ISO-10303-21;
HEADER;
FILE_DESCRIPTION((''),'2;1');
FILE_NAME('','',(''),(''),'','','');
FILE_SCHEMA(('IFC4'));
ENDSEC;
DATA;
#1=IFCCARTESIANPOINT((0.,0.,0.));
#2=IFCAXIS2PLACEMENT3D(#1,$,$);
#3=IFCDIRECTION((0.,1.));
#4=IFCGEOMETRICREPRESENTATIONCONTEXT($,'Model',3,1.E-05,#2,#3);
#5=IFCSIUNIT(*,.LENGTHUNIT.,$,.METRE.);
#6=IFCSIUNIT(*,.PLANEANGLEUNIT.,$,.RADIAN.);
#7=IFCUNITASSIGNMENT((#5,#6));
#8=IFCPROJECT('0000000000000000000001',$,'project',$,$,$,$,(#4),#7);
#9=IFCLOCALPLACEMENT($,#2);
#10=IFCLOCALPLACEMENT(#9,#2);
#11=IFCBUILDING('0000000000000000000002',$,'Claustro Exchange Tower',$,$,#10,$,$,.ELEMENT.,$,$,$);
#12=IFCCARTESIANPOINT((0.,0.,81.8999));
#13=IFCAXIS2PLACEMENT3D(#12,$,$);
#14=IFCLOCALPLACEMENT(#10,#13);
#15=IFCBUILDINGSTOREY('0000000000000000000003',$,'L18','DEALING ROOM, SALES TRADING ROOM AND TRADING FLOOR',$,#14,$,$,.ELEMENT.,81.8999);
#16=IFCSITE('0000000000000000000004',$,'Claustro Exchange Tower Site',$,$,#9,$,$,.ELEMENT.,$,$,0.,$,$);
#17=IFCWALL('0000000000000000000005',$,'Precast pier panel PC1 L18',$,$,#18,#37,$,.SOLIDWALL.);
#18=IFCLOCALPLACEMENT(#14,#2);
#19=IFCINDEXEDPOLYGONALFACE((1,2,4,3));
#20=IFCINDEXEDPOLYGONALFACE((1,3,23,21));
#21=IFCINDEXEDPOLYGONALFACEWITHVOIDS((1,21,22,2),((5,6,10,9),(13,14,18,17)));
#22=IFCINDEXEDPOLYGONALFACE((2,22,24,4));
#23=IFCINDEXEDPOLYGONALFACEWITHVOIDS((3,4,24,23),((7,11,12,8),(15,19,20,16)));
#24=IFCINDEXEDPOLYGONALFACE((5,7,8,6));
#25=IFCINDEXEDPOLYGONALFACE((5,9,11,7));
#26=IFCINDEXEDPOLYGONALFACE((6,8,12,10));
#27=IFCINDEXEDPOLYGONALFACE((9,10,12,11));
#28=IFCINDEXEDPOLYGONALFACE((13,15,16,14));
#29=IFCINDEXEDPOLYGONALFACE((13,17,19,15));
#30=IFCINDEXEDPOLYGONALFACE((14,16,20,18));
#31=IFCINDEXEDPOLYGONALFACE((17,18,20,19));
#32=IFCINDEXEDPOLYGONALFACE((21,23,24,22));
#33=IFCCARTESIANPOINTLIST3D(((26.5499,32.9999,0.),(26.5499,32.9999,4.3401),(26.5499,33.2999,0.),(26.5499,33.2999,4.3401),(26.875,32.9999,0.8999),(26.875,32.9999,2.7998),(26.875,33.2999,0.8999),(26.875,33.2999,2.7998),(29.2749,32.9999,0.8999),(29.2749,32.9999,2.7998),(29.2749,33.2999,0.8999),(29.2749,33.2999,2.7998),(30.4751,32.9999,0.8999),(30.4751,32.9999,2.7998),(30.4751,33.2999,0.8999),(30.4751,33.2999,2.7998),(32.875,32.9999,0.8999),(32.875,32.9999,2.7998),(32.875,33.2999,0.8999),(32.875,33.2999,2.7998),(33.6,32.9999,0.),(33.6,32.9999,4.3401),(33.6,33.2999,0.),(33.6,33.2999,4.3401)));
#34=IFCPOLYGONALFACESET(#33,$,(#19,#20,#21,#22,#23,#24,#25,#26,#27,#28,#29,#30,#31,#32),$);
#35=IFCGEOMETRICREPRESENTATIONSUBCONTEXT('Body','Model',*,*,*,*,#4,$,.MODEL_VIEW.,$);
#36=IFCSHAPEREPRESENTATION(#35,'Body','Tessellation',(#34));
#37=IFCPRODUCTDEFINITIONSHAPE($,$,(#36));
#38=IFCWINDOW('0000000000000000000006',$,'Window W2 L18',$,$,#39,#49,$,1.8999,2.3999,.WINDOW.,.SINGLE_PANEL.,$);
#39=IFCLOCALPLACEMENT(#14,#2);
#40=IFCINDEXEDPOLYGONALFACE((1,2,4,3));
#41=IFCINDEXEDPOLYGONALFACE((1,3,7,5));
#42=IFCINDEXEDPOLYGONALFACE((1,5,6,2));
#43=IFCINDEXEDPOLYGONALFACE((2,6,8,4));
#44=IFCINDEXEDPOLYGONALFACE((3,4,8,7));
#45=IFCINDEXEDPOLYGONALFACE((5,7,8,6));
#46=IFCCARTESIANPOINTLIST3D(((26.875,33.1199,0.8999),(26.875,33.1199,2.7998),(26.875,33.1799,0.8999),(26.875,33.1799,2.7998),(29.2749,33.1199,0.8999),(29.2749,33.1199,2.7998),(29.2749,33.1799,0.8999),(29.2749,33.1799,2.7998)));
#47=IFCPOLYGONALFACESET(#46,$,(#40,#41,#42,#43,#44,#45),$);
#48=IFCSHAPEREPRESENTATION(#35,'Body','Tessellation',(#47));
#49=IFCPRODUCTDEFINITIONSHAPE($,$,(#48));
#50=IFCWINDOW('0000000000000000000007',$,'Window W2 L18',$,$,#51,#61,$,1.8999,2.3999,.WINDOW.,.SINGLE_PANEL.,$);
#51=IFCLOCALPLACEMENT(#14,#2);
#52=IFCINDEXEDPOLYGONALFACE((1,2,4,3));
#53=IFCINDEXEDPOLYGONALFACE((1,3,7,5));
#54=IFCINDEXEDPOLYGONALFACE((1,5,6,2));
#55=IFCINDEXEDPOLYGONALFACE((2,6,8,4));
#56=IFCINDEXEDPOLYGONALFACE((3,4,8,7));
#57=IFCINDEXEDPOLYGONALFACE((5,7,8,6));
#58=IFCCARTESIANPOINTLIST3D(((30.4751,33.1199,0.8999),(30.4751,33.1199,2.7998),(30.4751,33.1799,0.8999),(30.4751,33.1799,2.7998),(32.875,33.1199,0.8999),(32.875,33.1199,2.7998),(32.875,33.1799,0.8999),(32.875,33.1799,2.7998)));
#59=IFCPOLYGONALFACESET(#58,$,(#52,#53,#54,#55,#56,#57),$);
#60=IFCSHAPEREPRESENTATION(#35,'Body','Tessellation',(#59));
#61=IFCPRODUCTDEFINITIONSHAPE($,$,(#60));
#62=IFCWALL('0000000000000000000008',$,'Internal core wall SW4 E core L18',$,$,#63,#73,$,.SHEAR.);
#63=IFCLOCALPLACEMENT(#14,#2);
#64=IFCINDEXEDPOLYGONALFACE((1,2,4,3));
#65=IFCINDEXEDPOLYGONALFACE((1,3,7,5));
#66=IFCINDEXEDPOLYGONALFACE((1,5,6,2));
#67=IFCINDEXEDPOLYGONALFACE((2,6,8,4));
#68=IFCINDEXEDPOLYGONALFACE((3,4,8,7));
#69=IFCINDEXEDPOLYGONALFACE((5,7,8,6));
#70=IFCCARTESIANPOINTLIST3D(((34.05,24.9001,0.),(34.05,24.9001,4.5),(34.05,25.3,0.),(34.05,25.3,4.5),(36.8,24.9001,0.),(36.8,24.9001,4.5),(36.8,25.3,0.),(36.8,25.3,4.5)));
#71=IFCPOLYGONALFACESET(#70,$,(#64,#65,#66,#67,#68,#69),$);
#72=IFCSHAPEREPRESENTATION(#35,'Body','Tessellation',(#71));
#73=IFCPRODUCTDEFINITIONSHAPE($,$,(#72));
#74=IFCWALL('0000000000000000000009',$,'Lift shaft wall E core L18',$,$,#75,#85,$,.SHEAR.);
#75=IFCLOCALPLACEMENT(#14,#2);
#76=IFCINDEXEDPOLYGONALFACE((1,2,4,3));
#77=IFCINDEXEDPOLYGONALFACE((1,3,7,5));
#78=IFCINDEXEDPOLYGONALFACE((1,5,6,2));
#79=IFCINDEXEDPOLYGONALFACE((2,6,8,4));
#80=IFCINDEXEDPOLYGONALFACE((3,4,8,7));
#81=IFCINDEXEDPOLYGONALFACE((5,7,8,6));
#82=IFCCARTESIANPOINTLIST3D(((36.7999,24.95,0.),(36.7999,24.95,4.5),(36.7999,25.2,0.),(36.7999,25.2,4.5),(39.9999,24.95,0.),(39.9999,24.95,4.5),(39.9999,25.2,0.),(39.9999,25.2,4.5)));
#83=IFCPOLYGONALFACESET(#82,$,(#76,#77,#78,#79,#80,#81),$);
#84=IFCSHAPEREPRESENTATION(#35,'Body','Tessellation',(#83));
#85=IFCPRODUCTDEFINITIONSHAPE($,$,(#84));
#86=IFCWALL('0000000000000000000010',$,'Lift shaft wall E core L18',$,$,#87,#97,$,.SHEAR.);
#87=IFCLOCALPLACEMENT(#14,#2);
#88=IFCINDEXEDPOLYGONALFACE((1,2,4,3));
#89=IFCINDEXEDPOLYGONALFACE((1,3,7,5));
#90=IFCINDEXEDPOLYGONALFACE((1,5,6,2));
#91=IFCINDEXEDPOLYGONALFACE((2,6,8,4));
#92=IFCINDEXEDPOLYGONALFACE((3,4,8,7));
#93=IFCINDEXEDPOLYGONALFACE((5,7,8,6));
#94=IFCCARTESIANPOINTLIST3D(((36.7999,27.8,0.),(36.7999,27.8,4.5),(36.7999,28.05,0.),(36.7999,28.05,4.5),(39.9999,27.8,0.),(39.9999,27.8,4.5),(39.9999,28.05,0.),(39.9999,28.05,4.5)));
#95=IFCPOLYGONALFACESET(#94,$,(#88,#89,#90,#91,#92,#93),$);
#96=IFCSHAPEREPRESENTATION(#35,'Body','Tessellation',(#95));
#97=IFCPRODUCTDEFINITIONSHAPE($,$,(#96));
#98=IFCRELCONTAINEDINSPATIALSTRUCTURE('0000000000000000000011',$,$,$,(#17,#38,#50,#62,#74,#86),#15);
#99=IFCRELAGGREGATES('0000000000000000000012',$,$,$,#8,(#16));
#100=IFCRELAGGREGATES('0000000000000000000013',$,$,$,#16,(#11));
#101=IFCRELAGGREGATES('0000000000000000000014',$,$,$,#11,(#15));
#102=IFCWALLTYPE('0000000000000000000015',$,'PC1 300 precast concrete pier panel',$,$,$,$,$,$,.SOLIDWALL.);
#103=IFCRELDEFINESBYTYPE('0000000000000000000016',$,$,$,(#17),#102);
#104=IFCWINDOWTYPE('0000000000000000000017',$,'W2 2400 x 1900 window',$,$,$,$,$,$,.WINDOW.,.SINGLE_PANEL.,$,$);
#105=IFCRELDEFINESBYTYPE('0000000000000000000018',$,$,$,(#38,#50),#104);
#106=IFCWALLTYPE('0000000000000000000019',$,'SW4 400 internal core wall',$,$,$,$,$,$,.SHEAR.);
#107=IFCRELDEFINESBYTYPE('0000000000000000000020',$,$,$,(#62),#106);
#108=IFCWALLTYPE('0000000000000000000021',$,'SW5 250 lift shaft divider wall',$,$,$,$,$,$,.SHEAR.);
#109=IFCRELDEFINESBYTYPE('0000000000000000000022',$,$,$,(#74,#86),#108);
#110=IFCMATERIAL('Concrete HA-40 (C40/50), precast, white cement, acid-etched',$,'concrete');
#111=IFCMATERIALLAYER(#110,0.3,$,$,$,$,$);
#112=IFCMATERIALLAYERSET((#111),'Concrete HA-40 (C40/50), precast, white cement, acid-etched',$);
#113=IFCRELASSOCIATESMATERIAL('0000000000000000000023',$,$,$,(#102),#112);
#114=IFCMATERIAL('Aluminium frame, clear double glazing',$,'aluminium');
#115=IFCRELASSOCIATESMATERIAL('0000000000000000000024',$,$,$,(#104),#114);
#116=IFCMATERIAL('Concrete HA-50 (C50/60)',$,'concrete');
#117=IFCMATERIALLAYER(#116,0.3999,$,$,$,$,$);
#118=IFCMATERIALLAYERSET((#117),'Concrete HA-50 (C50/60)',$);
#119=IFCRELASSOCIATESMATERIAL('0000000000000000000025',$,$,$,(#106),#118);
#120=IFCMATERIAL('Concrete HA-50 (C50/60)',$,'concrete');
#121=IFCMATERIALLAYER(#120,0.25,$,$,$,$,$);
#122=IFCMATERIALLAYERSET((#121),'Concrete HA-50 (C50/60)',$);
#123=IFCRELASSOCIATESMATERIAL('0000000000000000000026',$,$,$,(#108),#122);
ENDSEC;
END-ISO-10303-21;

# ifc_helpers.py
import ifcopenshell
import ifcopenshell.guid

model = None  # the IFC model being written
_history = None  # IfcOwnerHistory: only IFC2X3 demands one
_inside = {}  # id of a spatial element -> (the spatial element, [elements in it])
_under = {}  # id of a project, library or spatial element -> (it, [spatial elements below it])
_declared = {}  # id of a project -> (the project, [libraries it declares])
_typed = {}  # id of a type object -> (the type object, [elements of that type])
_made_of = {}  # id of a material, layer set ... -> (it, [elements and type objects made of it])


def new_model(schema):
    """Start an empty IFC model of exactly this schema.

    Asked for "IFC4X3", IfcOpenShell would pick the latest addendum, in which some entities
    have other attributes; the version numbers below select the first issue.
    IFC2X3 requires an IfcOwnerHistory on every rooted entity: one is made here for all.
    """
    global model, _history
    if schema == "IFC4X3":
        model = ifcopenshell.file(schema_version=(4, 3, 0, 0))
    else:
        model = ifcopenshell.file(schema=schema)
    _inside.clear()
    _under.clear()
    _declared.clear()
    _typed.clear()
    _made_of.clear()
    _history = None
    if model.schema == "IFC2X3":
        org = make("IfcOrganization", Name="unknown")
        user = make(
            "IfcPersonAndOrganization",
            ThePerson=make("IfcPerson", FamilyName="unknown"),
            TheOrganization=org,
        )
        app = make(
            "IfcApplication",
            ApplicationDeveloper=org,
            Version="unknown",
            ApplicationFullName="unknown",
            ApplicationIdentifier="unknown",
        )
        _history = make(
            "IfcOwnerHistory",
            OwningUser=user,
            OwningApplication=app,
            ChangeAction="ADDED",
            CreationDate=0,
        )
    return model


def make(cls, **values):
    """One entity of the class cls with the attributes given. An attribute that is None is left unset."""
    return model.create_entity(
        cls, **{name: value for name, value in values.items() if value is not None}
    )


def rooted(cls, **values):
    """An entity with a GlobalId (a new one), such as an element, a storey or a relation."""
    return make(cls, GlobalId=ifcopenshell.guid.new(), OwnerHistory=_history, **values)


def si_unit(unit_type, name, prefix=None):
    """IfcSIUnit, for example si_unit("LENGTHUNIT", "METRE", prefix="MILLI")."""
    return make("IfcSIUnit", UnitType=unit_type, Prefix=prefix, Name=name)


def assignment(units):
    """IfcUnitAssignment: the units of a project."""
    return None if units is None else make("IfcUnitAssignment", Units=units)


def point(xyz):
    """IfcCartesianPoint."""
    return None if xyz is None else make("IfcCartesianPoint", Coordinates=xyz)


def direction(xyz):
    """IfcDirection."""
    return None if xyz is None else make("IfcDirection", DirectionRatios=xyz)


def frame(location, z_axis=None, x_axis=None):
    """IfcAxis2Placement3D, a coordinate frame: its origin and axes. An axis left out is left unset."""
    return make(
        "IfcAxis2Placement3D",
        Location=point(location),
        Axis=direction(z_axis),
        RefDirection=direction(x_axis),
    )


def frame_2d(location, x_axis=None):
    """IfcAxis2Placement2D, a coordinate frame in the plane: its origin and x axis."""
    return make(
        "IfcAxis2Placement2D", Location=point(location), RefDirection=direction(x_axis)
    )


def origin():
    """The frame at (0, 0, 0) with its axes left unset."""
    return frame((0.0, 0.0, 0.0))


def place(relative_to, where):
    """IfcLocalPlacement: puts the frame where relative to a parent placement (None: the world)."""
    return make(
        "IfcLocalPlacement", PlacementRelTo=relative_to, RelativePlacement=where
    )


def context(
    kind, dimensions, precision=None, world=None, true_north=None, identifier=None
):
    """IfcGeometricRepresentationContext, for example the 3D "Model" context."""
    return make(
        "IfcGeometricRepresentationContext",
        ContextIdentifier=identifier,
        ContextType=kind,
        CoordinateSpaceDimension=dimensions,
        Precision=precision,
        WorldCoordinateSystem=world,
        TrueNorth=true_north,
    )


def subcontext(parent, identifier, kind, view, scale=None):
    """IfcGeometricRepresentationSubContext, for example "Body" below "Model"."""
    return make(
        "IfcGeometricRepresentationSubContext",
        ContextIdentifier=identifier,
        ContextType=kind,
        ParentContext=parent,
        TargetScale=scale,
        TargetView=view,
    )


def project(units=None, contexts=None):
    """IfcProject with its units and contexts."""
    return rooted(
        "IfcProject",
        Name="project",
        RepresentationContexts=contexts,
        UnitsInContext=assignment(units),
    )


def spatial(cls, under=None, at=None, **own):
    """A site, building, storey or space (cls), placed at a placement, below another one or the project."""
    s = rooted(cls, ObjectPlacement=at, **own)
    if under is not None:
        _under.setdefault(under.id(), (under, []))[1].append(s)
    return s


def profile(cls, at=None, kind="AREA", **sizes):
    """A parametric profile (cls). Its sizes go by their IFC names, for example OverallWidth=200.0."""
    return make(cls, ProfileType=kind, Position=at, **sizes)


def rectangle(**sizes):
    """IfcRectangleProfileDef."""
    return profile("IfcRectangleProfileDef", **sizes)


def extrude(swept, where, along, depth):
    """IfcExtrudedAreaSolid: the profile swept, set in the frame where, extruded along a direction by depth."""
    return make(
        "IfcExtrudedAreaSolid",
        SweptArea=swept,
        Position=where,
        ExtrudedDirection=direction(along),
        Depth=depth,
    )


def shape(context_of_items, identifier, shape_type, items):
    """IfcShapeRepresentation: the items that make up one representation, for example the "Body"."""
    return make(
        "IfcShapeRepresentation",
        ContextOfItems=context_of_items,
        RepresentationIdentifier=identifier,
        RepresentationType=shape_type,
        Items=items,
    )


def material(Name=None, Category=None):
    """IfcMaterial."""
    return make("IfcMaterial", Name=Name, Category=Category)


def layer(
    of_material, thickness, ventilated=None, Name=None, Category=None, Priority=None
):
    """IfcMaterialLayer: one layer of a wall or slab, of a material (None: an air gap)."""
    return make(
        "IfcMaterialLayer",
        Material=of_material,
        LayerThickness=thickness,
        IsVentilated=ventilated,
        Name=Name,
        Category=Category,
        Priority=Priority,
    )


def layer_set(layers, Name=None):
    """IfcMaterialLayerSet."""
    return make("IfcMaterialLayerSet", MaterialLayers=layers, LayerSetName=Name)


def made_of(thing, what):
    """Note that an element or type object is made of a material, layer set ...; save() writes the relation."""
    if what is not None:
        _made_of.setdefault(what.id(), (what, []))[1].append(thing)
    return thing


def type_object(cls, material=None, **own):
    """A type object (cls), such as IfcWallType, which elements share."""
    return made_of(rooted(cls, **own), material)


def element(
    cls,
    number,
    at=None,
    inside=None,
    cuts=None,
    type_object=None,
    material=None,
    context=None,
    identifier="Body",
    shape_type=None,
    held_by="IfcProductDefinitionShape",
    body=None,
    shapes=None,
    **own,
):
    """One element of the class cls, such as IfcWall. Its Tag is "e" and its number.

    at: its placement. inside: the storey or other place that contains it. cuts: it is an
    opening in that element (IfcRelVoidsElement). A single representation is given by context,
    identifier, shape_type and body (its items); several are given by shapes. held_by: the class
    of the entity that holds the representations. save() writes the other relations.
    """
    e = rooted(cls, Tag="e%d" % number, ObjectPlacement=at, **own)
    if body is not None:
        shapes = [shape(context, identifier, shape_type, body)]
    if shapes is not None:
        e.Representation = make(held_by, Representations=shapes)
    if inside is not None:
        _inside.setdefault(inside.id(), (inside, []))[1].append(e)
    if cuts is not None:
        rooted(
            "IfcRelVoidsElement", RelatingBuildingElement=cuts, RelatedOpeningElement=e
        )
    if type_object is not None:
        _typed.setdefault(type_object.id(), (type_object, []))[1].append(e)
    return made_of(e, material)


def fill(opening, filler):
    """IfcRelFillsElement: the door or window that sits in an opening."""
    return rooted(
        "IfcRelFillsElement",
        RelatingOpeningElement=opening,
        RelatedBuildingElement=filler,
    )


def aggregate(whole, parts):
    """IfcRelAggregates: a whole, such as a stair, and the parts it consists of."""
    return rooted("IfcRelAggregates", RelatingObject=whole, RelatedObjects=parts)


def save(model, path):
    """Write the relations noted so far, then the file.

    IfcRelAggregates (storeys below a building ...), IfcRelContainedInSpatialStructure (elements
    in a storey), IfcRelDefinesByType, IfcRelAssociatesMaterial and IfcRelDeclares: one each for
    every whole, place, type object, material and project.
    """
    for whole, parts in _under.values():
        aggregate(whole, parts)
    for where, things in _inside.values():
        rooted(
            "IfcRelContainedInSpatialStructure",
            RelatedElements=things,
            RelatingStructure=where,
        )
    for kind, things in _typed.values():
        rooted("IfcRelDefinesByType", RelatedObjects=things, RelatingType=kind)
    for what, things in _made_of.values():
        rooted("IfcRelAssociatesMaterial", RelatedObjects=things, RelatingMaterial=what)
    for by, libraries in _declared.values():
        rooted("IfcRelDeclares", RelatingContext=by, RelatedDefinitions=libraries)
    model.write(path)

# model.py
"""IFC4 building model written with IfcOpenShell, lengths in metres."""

from ifc_helpers import new_model, si_unit, direction, frame, frame_2d, origin, place, context, subcontext, project, spatial, rectangle, extrude, material, layer, layer_set, type_object, element, fill, save


model = new_model("IFC4")

# Units and contexts
model_context = context("Model", 3, precision=1e-05, world=origin(), true_north=direction((0.0, 1.0)))
body_context = subcontext(model_context, "Body", "Model", "MODEL_VIEW")
ifc_project = project(units=[si_unit("LENGTHUNIT", "METRE"), si_unit("PLANEANGLEUNIT", "RADIAN")], contexts=[model_context])

# Site, building, storey
site_placement = place(None, origin())
site = spatial("IfcSite", under=ifc_project, at=site_placement, Name="Claustro Exchange Tower Site", CompositionType="ELEMENT", RefElevation=0.0)
building_placement = place(site_placement, origin())
building = spatial("IfcBuilding", under=site, at=building_placement, Name="Claustro Exchange Tower", CompositionType="ELEMENT")
storey_placement = place(building_placement, frame((0.0, 0.0, 81.8999)))
storey = spatial("IfcBuildingStorey", under=building, at=storey_placement, Name="L18", Description="DEALING ROOM, SALES TRADING ROOM AND TRADING FLOOR", CompositionType="ELEMENT", Elevation=81.8999)

# Wall, openings, windows
ifc_material_1 = material(Name="Concrete HA-40 (C40/50), precast, white cement, acid-etched", Category="concrete")
ifc_layer_1 = layer(ifc_material_1, 0.3)
ifc_layer_set_1 = layer_set([ifc_layer_1], Name="Concrete HA-40 (C40/50), precast, white cement, acid-etched")
wall_type_1 = type_object("IfcWallType", Name="PC1 300 precast concrete pier panel", PredefinedType="SOLIDWALL", material=ifc_layer_set_1)
wall_1_placement = place(storey_placement, frame((26.55, 33.1499, 0.0), z_axis=(0.0, 0.0, 1.0), x_axis=(1.0, 0.0, 0.0)))
wall_1 = element("IfcWall", 1, at=wall_1_placement, inside=storey, type_object=wall_type_1, Name="Precast pier panel PC1 L18", PredefinedType="SOLIDWALL", context=body_context, shape_type="SweptSolid", body=[
    extrude(rectangle(XDim=7.05, YDim=0.3, at=frame_2d((3.5249, 0.0))), origin(), (0.0, 0.0, 1.0), 4.3401),
])
opening_1_placement = place(wall_1_placement, frame((0.325, 0.0, 0.8999)))
opening_1 = element("IfcOpeningElement", 2, at=opening_1_placement, cuts=wall_1, PredefinedType="OPENING", context=body_context, shape_type="SweptSolid", body=[
    extrude(rectangle(XDim=2.3999, YDim=1.8999, at=frame_2d((1.2, 0.95))), frame((0.0, 0.1599, 0.0), z_axis=(0.0, -1.0, 0.0), x_axis=(1.0, 0.0, 0.0)), (0.0, 0.0, 1.0), 0.3201),
])
opening_2_placement = place(wall_1_placement, frame((3.925, 0.0, 0.8999)))
opening_2 = element("IfcOpeningElement", 3, at=opening_2_placement, cuts=wall_1, PredefinedType="OPENING", context=body_context, shape_type="SweptSolid", body=[
    extrude(rectangle(XDim=2.3999, YDim=1.8999, at=frame_2d((1.2, 0.95))), frame((0.0, 0.1599, 0.0), z_axis=(0.0, -1.0, 0.0), x_axis=(1.0, 0.0, 0.0)), (0.0, 0.0, 1.0), 0.3201),
])
ifc_material_2 = material(Name="Aluminium frame, clear double glazing", Category="aluminium")
window_type = type_object("IfcWindowType", Name="W2 2400 x 1900 window", PartitioningType="SINGLE_PANEL", PredefinedType="WINDOW", material=ifc_material_2)
window_1_placement = place(opening_1_placement, origin())
window_1 = element("IfcWindow", 4, at=window_1_placement, inside=storey, type_object=window_type, Name="Window W2 L18", OverallHeight=1.8999, OverallWidth=2.3999, PartitioningType="SINGLE_PANEL", PredefinedType="WINDOW", context=body_context, shape_type="SweptSolid", body=[
    extrude(rectangle(XDim=2.3999, YDim=1.8999, at=frame_2d((1.2, 0.95))), frame((0.0, 0.03, 0.0), z_axis=(0.0, -1.0, 0.0), x_axis=(1.0, 0.0, 0.0)), (0.0, 0.0, 1.0), 0.0601),
])
fill(opening_1, window_1)
window_2_placement = place(opening_2_placement, origin())
window_2 = element("IfcWindow", 5, at=window_2_placement, inside=storey, type_object=window_type, Name="Window W2 L18", OverallHeight=1.8999, OverallWidth=2.3999, PartitioningType="SINGLE_PANEL", PredefinedType="WINDOW", context=body_context, shape_type="SweptSolid", body=[
    extrude(rectangle(XDim=2.3999, YDim=1.8999, at=frame_2d((1.2, 0.95))), frame((0.0, 0.03, 0.0), z_axis=(0.0, -1.0, 0.0), x_axis=(1.0, 0.0, 0.0)), (0.0, 0.0, 1.0), 0.0601),
])
fill(opening_2, window_2)

# Walls
ifc_material_3 = material(Name="Concrete HA-50 (C50/60)", Category="concrete")
ifc_layer_2 = layer(ifc_material_3, 0.3999)
ifc_layer_set_2 = layer_set([ifc_layer_2], Name="Concrete HA-50 (C50/60)")
wall_type_2 = type_object("IfcWallType", Name="SW4 400 internal core wall", PredefinedType="SHEAR", material=ifc_layer_set_2)
wall_2_placement = place(storey_placement, frame((36.8, 25.1001, 0.0), z_axis=(0.0, 0.0, 1.0), x_axis=(-1.0, 0.0, 0.0)))
element("IfcWall", 6, at=wall_2_placement, inside=storey, type_object=wall_type_2, Name="Internal core wall SW4 E core L18", PredefinedType="SHEAR", context=body_context, shape_type="SweptSolid", body=[
    extrude(rectangle(XDim=2.75, YDim=0.3999, at=frame_2d((1.375, 0.0))), origin(), (0.0, 0.0, 1.0), 4.5),
])
ifc_material_4 = material(Name="Concrete HA-50 (C50/60)", Category="concrete")
ifc_layer_3 = layer(ifc_material_4, 0.25)
ifc_layer_set_3 = layer_set([ifc_layer_3], Name="Concrete HA-50 (C50/60)")
wall_type_3 = type_object("IfcWallType", Name="SW5 250 lift shaft divider wall", PredefinedType="SHEAR", material=ifc_layer_set_3)
for number, where, z_axis, x_axis, name in (
    (7, (40.0, 25.075, 0.0), (0.0, 0.0, 1.0), (-1.0, 0.0, 0.0), "Lift shaft wall E core L18"),
    (8, (40.0, 27.925, 0.0), (0.0, 0.0, 1.0), (-1.0, 0.0, 0.0), "Lift shaft wall E core L18"),
):
    element("IfcWall", number, at=place(storey_placement, frame(where, z_axis=z_axis, x_axis=x_axis)), inside=storey, type_object=wall_type_3, Name=name, PredefinedType="SHEAR", context=body_context, shape_type="SweptSolid", body=[
        extrude(rectangle(XDim=3.2, YDim=0.25, at=frame_2d((1.6001, 0.0))), origin(), (0.0, 0.0, 1.0), 4.5),
    ])

save(model, "model.ifc")
